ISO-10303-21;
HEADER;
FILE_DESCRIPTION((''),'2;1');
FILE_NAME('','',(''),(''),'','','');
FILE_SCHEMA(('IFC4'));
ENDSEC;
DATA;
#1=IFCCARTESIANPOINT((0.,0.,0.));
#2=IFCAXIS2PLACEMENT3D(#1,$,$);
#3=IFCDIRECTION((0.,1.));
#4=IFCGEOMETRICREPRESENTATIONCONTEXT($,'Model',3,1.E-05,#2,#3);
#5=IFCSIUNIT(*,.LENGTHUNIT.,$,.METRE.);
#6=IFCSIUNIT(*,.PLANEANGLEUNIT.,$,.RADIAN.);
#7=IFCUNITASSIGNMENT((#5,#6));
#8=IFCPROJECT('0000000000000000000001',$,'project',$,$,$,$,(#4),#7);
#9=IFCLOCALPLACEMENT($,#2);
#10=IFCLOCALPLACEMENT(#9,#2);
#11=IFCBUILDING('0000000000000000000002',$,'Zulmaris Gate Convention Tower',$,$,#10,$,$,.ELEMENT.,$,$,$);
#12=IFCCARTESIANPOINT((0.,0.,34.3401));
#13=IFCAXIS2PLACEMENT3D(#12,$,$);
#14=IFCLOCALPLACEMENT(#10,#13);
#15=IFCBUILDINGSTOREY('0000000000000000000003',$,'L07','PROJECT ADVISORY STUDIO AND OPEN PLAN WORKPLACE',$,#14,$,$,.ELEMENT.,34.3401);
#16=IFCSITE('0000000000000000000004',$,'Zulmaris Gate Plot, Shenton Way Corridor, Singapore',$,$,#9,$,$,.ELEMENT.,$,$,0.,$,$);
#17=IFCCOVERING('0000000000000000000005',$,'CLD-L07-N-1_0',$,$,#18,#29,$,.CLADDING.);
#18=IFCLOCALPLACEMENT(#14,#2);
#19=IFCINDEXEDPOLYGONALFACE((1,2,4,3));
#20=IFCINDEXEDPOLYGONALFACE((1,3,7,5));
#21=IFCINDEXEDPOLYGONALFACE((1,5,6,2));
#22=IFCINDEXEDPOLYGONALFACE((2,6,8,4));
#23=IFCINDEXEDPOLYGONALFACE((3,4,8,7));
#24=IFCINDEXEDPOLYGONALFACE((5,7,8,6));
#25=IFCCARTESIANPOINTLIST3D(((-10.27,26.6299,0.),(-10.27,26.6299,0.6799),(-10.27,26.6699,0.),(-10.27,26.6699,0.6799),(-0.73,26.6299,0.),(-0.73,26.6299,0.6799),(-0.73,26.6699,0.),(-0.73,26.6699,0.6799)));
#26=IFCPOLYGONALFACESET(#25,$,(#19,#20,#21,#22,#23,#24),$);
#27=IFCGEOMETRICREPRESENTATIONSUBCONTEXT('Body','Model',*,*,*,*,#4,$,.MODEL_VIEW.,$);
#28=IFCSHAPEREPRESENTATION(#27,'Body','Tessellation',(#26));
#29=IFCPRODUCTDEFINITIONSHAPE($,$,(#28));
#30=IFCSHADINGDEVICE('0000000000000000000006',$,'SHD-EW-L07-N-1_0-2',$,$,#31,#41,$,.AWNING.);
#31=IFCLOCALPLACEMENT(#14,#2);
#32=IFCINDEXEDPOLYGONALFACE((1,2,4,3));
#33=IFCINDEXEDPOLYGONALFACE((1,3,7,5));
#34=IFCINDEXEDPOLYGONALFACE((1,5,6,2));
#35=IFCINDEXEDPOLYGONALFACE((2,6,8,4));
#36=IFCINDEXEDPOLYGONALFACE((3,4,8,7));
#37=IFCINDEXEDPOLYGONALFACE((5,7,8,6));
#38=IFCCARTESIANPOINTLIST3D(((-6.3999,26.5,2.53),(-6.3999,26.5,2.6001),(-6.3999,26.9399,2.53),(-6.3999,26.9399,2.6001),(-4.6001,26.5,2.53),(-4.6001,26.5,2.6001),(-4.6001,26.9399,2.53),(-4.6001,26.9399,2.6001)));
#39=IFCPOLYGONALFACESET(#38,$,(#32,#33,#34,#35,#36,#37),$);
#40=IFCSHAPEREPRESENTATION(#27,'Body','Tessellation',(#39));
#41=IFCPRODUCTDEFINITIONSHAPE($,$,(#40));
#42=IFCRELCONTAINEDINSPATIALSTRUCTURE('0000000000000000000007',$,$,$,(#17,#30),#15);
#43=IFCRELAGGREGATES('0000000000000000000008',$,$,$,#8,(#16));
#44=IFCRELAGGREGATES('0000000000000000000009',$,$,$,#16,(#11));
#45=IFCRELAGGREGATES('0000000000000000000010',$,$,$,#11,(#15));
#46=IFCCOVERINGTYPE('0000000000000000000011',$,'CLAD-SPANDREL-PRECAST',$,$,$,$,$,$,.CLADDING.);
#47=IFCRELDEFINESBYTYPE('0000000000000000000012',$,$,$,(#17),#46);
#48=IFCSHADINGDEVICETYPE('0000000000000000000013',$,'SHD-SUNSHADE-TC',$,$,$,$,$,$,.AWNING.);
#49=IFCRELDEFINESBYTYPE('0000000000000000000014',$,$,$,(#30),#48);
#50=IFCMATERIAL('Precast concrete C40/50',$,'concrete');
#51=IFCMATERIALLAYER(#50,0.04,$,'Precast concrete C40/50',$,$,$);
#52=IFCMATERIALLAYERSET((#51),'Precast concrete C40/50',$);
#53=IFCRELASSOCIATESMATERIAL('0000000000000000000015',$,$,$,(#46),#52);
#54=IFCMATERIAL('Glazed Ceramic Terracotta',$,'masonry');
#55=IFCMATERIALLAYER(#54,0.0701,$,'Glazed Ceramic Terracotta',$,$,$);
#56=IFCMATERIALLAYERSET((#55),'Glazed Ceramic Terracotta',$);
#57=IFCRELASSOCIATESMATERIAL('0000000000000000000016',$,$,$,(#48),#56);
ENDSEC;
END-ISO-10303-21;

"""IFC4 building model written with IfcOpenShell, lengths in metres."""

from ifc_helpers import new_model, si_unit, direction, frame, frame_2d, origin, place, context, subcontext, project, spatial, rectangle, extrude, material, layer, layer_set, type_object, element, save


model = new_model("IFC4")

# Units and contexts
model_context = context("Model", 3, precision=1e-05, world=origin(), true_north=direction((0.0, 1.0)))
body_context = subcontext(model_context, "Body", "Model", "MODEL_VIEW")
ifc_project = project(units=[si_unit("LENGTHUNIT", "METRE"), si_unit("PLANEANGLEUNIT", "RADIAN")], contexts=[model_context])

# Site, building, storey
site_placement = place(None, origin())
site = spatial("IfcSite", under=ifc_project, at=site_placement, Name="Zulmaris Gate Plot, Shenton Way Corridor, Singapore", CompositionType="ELEMENT", RefElevation=0.0)
building_placement = place(site_placement, origin())
building = spatial("IfcBuilding", under=site, at=building_placement, Name="Zulmaris Gate Convention Tower", CompositionType="ELEMENT")
storey_placement = place(building_placement, frame((0.0, 0.0, 34.3401)))
storey = spatial("IfcBuildingStorey", under=building, at=storey_placement, Name="L07", Description="PROJECT ADVISORY STUDIO AND OPEN PLAN WORKPLACE", CompositionType="ELEMENT", Elevation=34.3401)

# Shared definitions
ifc_material_1 = material(Name="Precast concrete C40/50", Category="concrete")

# Covering
ifc_layer_1 = layer(ifc_material_1, 0.04, Name="Precast concrete C40/50")
ifc_layer_set_1 = layer_set([ifc_layer_1], Name="Precast concrete C40/50")
covering_type = type_object("IfcCoveringType", Name="CLAD-SPANDREL-PRECAST", PredefinedType="CLADDING", material=ifc_layer_set_1)
covering_1_placement = place(storey_placement, frame((-0.73, 26.6499, 0.0), z_axis=(0.0, 0.0, 1.0), x_axis=(-1.0, 0.0, 0.0)))
element("IfcCovering", 1, at=covering_1_placement, inside=storey, type_object=covering_type, Name="CLD-L07-N-1_0", PredefinedType="CLADDING", context=body_context, shape_type="SweptSolid", body=[
    extrude(rectangle(XDim=9.54, YDim=0.04, at=frame_2d((4.77, 0.0))), origin(), (0.0, 0.0, 1.0), 0.6799),
])

# Shading device
ifc_material_2 = material(Name="Glazed Ceramic Terracotta", Category="masonry")
ifc_layer_2 = layer(ifc_material_2, 0.0701, Name="Glazed Ceramic Terracotta")
ifc_layer_set_2 = layer_set([ifc_layer_2], Name="Glazed Ceramic Terracotta")
shading_device_type = type_object("IfcShadingDeviceType", Name="SHD-SUNSHADE-TC", PredefinedType="AWNING", material=ifc_layer_set_2)
shading_device_placement = place(storey_placement, frame((-4.6001, 26.72, 2.53), z_axis=(0.0, 0.0, 1.0), x_axis=(-1.0, 0.0, 0.0)))
element("IfcShadingDevice", 2, at=shading_device_placement, inside=storey, type_object=shading_device_type, Name="SHD-EW-L07-N-1_0-2", PredefinedType="AWNING", context=body_context, shape_type="SweptSolid", body=[
    extrude(rectangle(XDim=1.7998, YDim=0.4399, at=frame_2d((0.8999, 0.0))), origin(), (0.0, 0.0, 1.0), 0.0701),
])

save(model, "model.ifc")
